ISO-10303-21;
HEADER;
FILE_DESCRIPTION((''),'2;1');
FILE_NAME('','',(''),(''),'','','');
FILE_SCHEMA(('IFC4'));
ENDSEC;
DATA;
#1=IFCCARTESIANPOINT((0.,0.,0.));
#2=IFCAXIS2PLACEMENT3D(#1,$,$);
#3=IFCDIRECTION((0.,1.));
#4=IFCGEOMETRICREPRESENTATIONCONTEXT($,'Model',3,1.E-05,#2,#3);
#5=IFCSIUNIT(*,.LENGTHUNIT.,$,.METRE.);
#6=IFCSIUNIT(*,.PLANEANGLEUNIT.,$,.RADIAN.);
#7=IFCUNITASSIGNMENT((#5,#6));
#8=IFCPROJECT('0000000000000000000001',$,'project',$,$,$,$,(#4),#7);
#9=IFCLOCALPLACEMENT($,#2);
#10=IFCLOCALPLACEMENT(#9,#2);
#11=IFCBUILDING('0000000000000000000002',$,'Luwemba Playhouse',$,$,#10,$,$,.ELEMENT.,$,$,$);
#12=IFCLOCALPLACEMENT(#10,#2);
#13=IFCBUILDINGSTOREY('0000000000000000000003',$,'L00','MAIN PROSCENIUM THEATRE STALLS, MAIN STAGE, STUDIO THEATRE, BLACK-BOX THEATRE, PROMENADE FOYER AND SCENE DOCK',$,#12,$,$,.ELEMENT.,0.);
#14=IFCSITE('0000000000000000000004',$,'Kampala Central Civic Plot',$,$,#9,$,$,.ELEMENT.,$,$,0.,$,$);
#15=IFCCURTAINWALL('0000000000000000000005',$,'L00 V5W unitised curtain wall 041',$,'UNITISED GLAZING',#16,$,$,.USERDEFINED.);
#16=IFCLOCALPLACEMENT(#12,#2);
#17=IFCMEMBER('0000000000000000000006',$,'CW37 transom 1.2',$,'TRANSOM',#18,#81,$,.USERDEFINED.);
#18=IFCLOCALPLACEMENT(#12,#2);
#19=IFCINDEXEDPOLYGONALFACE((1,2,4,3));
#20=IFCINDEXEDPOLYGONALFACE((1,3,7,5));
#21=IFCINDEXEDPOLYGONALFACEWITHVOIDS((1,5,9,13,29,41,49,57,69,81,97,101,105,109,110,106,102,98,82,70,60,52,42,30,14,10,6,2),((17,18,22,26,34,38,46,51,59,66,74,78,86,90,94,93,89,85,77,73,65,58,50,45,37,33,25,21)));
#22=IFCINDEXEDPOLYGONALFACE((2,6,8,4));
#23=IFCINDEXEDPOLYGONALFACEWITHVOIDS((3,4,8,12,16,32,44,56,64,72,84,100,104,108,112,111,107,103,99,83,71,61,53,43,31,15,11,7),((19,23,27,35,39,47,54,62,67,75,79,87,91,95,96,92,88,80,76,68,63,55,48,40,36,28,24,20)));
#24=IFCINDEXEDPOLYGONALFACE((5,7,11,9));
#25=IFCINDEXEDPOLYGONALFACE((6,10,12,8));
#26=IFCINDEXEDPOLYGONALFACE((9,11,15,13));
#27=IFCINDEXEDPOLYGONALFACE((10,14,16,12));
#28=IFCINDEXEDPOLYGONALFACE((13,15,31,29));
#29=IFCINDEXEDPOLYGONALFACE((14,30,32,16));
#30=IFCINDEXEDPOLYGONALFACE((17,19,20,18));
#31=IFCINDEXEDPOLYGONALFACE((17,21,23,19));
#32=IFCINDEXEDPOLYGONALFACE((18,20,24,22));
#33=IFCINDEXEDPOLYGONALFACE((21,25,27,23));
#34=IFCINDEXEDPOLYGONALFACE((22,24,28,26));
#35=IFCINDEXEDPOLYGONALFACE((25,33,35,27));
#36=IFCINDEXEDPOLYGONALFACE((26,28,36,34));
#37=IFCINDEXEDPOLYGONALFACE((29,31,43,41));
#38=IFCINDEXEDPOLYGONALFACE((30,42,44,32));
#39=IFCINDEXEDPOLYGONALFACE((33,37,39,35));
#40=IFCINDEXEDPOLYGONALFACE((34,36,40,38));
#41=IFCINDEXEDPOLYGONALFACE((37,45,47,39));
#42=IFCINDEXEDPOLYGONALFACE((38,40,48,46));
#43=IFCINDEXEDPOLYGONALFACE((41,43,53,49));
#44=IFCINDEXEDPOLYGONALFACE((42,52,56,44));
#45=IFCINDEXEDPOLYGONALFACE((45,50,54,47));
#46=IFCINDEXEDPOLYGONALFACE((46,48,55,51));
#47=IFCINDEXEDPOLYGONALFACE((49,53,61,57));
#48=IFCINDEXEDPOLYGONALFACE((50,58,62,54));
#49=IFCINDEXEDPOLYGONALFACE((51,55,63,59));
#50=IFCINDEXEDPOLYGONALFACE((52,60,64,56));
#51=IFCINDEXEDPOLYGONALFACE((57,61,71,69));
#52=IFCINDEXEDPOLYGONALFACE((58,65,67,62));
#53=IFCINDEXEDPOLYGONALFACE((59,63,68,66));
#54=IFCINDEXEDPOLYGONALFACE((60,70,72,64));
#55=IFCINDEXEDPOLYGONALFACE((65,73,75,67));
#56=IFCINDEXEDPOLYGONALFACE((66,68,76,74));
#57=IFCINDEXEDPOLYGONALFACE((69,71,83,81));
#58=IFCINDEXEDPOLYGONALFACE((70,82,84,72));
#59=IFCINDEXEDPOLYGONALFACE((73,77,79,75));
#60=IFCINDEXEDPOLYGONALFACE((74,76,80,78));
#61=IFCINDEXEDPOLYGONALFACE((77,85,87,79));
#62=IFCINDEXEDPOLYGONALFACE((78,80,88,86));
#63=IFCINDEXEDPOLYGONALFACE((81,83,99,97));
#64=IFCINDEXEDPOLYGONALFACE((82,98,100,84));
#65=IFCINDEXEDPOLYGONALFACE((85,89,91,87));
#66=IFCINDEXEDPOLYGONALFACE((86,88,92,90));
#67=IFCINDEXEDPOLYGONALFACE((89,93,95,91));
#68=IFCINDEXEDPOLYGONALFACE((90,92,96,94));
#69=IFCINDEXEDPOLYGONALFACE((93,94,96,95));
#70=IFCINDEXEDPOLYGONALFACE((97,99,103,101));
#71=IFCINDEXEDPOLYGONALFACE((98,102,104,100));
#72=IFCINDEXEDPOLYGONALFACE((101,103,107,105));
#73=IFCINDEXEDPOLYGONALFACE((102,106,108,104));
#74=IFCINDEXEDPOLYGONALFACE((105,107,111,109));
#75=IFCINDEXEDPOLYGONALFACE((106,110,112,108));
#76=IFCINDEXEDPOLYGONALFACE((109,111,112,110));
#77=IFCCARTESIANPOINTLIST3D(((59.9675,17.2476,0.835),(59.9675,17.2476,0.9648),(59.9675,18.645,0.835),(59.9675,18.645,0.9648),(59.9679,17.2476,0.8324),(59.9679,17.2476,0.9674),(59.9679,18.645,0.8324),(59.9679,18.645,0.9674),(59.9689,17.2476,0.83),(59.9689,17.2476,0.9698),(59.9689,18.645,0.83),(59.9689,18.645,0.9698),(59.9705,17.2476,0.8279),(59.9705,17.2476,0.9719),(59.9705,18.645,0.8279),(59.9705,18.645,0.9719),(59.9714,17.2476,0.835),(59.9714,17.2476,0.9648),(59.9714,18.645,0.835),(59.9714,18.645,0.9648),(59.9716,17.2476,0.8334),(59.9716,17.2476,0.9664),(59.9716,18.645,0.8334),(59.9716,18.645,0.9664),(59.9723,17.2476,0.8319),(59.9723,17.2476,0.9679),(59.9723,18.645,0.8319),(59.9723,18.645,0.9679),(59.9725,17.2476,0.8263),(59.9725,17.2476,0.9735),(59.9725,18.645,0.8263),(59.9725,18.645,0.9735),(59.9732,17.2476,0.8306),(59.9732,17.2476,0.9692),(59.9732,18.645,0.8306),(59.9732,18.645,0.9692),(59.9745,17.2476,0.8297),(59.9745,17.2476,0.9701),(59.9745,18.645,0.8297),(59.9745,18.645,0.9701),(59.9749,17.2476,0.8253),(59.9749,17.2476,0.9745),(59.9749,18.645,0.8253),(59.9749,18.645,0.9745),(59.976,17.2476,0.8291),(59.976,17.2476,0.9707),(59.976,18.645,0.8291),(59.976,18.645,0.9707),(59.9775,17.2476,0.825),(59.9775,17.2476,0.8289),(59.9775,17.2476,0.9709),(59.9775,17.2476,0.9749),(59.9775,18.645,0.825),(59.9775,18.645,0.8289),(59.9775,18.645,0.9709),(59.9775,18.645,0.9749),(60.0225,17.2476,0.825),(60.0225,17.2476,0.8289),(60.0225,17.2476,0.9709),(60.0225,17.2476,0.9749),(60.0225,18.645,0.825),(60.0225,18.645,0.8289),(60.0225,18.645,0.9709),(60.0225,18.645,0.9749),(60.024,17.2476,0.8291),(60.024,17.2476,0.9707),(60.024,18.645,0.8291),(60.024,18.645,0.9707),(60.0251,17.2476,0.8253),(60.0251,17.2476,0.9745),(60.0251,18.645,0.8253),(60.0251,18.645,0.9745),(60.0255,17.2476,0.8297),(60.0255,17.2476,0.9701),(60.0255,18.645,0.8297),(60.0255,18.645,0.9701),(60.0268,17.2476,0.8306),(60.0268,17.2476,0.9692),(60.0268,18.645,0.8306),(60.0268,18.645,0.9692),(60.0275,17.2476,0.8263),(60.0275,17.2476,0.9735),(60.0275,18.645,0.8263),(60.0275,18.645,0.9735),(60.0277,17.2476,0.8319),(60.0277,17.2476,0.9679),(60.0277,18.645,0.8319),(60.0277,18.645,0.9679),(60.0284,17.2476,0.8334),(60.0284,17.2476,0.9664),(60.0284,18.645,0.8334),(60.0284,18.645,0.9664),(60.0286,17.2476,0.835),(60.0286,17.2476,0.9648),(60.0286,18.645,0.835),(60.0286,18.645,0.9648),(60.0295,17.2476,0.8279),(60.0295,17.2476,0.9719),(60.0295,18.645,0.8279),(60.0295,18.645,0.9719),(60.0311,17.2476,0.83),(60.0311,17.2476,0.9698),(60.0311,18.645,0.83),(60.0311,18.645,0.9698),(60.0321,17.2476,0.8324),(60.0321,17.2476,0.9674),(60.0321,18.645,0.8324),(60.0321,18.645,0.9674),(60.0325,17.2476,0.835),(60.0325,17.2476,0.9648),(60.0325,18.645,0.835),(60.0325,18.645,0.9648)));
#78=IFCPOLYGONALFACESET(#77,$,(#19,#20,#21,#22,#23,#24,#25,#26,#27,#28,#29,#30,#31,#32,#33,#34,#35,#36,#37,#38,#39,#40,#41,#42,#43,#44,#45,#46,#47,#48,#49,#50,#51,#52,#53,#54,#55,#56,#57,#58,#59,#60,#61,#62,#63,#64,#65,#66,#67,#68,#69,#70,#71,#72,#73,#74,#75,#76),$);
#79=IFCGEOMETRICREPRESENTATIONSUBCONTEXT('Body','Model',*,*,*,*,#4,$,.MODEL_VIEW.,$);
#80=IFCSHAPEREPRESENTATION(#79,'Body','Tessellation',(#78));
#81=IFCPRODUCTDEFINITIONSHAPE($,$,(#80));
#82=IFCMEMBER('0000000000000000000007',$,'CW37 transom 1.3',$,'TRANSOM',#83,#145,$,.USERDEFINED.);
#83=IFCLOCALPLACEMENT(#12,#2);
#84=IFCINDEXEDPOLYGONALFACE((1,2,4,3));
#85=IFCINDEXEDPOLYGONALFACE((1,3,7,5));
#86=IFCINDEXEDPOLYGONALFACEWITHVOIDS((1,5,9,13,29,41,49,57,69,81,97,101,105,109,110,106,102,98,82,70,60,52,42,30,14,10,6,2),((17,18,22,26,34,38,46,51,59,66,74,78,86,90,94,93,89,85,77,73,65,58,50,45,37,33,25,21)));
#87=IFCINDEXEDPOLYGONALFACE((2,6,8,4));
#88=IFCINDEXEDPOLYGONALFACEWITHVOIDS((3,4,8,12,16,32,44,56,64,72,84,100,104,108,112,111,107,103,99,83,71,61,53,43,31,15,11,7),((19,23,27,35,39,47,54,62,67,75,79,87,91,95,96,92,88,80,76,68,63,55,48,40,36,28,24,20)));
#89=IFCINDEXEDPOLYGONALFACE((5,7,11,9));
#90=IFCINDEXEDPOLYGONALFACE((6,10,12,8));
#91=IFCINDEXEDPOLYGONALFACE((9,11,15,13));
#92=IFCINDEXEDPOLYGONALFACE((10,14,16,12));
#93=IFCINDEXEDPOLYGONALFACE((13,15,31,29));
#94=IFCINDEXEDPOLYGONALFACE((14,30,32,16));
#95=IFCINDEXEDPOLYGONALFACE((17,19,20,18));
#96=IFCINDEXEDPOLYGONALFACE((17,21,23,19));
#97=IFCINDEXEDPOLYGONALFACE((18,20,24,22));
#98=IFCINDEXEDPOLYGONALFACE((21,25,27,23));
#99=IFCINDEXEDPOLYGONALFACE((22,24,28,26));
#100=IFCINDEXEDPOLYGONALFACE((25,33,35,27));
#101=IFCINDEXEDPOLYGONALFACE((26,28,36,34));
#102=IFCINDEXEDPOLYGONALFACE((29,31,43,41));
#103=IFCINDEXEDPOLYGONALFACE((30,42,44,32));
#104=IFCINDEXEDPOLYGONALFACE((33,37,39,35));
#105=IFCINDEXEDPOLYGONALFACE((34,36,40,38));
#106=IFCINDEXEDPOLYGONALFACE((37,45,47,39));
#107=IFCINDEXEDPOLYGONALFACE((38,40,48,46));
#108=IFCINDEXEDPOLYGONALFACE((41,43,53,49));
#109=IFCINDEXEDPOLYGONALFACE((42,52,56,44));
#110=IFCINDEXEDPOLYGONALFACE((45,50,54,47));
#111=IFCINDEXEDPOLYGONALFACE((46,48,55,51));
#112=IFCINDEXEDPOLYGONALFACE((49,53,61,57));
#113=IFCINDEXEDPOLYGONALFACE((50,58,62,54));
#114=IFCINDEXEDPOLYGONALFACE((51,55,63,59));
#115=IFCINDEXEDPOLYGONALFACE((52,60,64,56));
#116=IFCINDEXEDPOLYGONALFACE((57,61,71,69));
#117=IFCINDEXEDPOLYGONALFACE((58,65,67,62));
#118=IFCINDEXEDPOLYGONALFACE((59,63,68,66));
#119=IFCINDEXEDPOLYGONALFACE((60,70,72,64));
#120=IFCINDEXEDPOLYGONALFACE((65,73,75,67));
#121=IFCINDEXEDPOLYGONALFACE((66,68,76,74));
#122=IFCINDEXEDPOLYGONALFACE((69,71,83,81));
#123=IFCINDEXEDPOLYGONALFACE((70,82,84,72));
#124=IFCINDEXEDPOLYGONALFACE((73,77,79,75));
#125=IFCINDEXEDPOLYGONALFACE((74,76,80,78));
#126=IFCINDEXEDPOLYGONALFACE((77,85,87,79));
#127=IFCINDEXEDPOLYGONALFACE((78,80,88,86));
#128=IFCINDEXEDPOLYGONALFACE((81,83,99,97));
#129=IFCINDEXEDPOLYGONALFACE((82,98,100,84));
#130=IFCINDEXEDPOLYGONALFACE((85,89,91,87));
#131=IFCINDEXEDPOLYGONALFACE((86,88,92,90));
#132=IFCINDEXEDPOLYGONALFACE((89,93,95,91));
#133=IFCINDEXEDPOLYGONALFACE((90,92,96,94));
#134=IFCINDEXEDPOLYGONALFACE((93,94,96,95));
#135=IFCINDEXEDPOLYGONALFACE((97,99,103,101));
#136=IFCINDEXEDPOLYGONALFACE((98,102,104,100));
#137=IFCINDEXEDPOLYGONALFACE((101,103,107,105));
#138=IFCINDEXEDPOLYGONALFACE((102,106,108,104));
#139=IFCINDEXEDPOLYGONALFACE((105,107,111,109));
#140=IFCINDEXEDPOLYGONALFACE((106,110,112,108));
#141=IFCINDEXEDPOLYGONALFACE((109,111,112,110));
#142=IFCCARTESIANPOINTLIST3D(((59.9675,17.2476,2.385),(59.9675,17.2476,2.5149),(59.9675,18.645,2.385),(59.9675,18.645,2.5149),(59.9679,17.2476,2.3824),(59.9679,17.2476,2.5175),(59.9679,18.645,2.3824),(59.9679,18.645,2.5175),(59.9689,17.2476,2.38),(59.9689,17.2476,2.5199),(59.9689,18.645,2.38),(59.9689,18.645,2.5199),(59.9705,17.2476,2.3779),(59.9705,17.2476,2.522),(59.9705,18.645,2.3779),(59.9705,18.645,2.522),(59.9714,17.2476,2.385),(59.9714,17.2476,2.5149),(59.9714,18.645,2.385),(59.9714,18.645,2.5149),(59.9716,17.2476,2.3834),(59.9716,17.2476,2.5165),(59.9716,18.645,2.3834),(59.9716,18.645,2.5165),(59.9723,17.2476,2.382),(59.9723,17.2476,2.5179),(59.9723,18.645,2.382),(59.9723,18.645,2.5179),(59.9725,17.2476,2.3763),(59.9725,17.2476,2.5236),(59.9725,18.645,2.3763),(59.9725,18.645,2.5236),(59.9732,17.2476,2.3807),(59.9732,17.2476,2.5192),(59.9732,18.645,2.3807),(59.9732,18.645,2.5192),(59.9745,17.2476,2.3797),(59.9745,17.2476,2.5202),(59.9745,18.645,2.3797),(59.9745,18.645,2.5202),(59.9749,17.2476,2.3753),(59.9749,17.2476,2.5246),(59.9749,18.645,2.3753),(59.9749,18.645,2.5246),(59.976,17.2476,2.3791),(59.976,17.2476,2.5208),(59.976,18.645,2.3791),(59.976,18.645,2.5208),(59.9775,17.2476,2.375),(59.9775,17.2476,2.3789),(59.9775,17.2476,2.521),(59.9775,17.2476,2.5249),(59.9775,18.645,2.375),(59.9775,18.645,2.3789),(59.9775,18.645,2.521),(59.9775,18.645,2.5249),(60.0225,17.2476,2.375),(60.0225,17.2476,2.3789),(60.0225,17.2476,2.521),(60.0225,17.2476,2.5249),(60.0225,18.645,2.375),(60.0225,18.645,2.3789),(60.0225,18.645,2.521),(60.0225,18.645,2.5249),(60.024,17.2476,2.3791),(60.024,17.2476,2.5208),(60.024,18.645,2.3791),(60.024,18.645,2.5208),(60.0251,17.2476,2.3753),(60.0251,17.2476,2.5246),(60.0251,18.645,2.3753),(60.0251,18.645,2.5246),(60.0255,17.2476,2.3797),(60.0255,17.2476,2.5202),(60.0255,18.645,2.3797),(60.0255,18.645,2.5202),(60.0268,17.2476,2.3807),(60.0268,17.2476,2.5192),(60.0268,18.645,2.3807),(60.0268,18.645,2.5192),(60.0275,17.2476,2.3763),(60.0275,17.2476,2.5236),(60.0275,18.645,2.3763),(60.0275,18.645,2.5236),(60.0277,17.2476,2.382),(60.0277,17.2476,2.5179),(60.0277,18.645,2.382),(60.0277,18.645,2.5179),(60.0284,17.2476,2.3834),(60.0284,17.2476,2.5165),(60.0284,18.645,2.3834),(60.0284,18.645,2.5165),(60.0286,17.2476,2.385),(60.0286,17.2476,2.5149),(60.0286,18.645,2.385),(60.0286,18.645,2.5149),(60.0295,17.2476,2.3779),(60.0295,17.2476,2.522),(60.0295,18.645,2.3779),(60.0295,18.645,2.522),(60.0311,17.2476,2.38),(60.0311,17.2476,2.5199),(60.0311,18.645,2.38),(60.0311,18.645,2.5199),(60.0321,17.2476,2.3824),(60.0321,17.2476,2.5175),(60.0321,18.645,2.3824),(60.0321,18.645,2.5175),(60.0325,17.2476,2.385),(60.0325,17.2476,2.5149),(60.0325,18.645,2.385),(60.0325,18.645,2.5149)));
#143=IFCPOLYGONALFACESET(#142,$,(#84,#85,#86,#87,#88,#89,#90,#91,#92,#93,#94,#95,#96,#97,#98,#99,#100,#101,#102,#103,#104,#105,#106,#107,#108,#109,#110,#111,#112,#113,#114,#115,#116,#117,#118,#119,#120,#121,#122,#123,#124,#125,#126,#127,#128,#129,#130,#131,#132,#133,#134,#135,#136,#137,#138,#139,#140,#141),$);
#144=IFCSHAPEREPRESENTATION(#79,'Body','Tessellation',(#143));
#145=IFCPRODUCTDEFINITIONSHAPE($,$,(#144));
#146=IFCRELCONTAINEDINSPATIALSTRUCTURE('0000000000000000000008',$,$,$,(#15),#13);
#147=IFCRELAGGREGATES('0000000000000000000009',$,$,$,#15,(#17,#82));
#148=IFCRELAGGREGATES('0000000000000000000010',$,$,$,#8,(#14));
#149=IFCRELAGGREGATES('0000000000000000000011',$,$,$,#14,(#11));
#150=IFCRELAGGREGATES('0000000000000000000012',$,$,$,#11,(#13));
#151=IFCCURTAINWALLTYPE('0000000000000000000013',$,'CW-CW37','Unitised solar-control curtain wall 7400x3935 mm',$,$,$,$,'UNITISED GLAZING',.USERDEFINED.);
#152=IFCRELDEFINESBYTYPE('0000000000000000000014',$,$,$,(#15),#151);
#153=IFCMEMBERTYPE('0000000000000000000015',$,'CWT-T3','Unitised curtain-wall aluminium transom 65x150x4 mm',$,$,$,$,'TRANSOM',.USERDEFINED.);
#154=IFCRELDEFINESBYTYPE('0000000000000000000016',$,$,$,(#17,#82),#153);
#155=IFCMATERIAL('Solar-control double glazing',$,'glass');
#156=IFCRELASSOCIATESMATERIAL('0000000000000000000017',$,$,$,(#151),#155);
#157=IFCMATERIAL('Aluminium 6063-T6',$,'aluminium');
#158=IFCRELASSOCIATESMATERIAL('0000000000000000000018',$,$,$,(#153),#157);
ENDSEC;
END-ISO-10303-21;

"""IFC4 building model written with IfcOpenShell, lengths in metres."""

from ifc_helpers import new_model, si_unit, direction, frame, origin, origin_2d, place, context, subcontext, project, spatial, hollow_rectangle, extrude, material, material_profile, profile_set, type_object, element, aggregate, save


model = new_model("IFC4")

# Units and contexts
model_context = context("Model", 3, precision=1e-05, world=origin(), true_north=direction((0.0, 1.0)))
body_context = subcontext(model_context, "Body", "Model", "MODEL_VIEW")
ifc_project = project(units=[si_unit("LENGTHUNIT", "METRE"), si_unit("PLANEANGLEUNIT", "RADIAN")], contexts=[model_context])

# Site, building, storey
site_placement = place(None, origin())
site = spatial("IfcSite", under=ifc_project, at=site_placement, Name="Kampala Central Civic Plot", CompositionType="ELEMENT", RefElevation=0.0)
building_placement = place(site_placement, origin())
building = spatial("IfcBuilding", under=site, at=building_placement, Name="Luwemba Playhouse", CompositionType="ELEMENT")
storey_placement = place(building_placement, origin())
storey = spatial("IfcBuildingStorey", under=building, at=storey_placement, Name="L00", Description="MAIN PROSCENIUM THEATRE STALLS, MAIN STAGE, STUDIO THEATRE, BLACK-BOX THEATRE, PROMENADE FOYER AND SCENE DOCK", CompositionType="ELEMENT", Elevation=0.0)

# Curtain wall
ifc_material_1 = material(Name="Solar-control double glazing", Category="glass")
ifc_material_2 = material(Name="Aluminium 6063-T6", Category="aluminium")
curtain_wall_type_1 = type_object("IfcCurtainWallType", Name="CW-CW37", Description="Unitised solar-control curtain wall 7400x3935 mm", ElementType="UNITISED GLAZING", PredefinedType="USERDEFINED", material=ifc_material_1)
curtain_wall_1_placement = place(storey_placement, origin())
curtain_wall_1 = element("IfcCurtainWall", 1, at=curtain_wall_1_placement, inside=storey, type_object=curtain_wall_type_1, Name="L00 V5W unitised curtain wall 041", ObjectType="UNITISED GLAZING", PredefinedType="USERDEFINED")

# Members
ifc_material_profile_1 = material_profile(ifc_material_2, hollow_rectangle(XDim=0.0649, YDim=0.1499, WallThickness=0.0039, InnerFilletRadius=0.0061, OuterFilletRadius=0.01, at=origin_2d()))
ifc_profile_set_1 = profile_set([ifc_material_profile_1], Name="Aluminium 6063-T6")
member_type_1 = type_object("IfcMemberType", Name="CWT-T3", Description="Unitised curtain-wall aluminium transom 65x150x4 mm", ElementType="TRANSOM", PredefinedType="USERDEFINED", material=ifc_profile_set_1)
member_1_placement = place(storey_placement, frame((60.0, 18.645, 0.8999), z_axis=(0.0, -1.0, 0.0), x_axis=(1.0, 0.0, 0.0)))
member_1 = element("IfcMember", 2, at=member_1_placement, type_object=member_type_1, Name="CW37 transom 1.2", ObjectType="TRANSOM", PredefinedType="USERDEFINED", context=body_context, shape_type="SweptSolid", body=[
    extrude(hollow_rectangle(XDim=0.0649, YDim=0.1499, WallThickness=0.0039, InnerFilletRadius=0.0061, OuterFilletRadius=0.01, at=origin_2d()), origin(), (0.0, 0.0, 1.0), 1.3975),
])
member_2_placement = place(storey_placement, frame((60.0, 18.645, 2.45), z_axis=(0.0, -1.0, 0.0), x_axis=(1.0, 0.0, 0.0)))
member_2 = element("IfcMember", 3, at=member_2_placement, type_object=member_type_1, Name="CW37 transom 1.3", ObjectType="TRANSOM", PredefinedType="USERDEFINED", context=body_context, shape_type="SweptSolid", body=[
    extrude(hollow_rectangle(XDim=0.0649, YDim=0.1499, WallThickness=0.0039, InnerFilletRadius=0.0061, OuterFilletRadius=0.01, at=origin_2d()), origin(), (0.0, 0.0, 1.0), 1.3975),
])

aggregate(curtain_wall_1, [member_1, member_2])

save(model, "model.ifc")
